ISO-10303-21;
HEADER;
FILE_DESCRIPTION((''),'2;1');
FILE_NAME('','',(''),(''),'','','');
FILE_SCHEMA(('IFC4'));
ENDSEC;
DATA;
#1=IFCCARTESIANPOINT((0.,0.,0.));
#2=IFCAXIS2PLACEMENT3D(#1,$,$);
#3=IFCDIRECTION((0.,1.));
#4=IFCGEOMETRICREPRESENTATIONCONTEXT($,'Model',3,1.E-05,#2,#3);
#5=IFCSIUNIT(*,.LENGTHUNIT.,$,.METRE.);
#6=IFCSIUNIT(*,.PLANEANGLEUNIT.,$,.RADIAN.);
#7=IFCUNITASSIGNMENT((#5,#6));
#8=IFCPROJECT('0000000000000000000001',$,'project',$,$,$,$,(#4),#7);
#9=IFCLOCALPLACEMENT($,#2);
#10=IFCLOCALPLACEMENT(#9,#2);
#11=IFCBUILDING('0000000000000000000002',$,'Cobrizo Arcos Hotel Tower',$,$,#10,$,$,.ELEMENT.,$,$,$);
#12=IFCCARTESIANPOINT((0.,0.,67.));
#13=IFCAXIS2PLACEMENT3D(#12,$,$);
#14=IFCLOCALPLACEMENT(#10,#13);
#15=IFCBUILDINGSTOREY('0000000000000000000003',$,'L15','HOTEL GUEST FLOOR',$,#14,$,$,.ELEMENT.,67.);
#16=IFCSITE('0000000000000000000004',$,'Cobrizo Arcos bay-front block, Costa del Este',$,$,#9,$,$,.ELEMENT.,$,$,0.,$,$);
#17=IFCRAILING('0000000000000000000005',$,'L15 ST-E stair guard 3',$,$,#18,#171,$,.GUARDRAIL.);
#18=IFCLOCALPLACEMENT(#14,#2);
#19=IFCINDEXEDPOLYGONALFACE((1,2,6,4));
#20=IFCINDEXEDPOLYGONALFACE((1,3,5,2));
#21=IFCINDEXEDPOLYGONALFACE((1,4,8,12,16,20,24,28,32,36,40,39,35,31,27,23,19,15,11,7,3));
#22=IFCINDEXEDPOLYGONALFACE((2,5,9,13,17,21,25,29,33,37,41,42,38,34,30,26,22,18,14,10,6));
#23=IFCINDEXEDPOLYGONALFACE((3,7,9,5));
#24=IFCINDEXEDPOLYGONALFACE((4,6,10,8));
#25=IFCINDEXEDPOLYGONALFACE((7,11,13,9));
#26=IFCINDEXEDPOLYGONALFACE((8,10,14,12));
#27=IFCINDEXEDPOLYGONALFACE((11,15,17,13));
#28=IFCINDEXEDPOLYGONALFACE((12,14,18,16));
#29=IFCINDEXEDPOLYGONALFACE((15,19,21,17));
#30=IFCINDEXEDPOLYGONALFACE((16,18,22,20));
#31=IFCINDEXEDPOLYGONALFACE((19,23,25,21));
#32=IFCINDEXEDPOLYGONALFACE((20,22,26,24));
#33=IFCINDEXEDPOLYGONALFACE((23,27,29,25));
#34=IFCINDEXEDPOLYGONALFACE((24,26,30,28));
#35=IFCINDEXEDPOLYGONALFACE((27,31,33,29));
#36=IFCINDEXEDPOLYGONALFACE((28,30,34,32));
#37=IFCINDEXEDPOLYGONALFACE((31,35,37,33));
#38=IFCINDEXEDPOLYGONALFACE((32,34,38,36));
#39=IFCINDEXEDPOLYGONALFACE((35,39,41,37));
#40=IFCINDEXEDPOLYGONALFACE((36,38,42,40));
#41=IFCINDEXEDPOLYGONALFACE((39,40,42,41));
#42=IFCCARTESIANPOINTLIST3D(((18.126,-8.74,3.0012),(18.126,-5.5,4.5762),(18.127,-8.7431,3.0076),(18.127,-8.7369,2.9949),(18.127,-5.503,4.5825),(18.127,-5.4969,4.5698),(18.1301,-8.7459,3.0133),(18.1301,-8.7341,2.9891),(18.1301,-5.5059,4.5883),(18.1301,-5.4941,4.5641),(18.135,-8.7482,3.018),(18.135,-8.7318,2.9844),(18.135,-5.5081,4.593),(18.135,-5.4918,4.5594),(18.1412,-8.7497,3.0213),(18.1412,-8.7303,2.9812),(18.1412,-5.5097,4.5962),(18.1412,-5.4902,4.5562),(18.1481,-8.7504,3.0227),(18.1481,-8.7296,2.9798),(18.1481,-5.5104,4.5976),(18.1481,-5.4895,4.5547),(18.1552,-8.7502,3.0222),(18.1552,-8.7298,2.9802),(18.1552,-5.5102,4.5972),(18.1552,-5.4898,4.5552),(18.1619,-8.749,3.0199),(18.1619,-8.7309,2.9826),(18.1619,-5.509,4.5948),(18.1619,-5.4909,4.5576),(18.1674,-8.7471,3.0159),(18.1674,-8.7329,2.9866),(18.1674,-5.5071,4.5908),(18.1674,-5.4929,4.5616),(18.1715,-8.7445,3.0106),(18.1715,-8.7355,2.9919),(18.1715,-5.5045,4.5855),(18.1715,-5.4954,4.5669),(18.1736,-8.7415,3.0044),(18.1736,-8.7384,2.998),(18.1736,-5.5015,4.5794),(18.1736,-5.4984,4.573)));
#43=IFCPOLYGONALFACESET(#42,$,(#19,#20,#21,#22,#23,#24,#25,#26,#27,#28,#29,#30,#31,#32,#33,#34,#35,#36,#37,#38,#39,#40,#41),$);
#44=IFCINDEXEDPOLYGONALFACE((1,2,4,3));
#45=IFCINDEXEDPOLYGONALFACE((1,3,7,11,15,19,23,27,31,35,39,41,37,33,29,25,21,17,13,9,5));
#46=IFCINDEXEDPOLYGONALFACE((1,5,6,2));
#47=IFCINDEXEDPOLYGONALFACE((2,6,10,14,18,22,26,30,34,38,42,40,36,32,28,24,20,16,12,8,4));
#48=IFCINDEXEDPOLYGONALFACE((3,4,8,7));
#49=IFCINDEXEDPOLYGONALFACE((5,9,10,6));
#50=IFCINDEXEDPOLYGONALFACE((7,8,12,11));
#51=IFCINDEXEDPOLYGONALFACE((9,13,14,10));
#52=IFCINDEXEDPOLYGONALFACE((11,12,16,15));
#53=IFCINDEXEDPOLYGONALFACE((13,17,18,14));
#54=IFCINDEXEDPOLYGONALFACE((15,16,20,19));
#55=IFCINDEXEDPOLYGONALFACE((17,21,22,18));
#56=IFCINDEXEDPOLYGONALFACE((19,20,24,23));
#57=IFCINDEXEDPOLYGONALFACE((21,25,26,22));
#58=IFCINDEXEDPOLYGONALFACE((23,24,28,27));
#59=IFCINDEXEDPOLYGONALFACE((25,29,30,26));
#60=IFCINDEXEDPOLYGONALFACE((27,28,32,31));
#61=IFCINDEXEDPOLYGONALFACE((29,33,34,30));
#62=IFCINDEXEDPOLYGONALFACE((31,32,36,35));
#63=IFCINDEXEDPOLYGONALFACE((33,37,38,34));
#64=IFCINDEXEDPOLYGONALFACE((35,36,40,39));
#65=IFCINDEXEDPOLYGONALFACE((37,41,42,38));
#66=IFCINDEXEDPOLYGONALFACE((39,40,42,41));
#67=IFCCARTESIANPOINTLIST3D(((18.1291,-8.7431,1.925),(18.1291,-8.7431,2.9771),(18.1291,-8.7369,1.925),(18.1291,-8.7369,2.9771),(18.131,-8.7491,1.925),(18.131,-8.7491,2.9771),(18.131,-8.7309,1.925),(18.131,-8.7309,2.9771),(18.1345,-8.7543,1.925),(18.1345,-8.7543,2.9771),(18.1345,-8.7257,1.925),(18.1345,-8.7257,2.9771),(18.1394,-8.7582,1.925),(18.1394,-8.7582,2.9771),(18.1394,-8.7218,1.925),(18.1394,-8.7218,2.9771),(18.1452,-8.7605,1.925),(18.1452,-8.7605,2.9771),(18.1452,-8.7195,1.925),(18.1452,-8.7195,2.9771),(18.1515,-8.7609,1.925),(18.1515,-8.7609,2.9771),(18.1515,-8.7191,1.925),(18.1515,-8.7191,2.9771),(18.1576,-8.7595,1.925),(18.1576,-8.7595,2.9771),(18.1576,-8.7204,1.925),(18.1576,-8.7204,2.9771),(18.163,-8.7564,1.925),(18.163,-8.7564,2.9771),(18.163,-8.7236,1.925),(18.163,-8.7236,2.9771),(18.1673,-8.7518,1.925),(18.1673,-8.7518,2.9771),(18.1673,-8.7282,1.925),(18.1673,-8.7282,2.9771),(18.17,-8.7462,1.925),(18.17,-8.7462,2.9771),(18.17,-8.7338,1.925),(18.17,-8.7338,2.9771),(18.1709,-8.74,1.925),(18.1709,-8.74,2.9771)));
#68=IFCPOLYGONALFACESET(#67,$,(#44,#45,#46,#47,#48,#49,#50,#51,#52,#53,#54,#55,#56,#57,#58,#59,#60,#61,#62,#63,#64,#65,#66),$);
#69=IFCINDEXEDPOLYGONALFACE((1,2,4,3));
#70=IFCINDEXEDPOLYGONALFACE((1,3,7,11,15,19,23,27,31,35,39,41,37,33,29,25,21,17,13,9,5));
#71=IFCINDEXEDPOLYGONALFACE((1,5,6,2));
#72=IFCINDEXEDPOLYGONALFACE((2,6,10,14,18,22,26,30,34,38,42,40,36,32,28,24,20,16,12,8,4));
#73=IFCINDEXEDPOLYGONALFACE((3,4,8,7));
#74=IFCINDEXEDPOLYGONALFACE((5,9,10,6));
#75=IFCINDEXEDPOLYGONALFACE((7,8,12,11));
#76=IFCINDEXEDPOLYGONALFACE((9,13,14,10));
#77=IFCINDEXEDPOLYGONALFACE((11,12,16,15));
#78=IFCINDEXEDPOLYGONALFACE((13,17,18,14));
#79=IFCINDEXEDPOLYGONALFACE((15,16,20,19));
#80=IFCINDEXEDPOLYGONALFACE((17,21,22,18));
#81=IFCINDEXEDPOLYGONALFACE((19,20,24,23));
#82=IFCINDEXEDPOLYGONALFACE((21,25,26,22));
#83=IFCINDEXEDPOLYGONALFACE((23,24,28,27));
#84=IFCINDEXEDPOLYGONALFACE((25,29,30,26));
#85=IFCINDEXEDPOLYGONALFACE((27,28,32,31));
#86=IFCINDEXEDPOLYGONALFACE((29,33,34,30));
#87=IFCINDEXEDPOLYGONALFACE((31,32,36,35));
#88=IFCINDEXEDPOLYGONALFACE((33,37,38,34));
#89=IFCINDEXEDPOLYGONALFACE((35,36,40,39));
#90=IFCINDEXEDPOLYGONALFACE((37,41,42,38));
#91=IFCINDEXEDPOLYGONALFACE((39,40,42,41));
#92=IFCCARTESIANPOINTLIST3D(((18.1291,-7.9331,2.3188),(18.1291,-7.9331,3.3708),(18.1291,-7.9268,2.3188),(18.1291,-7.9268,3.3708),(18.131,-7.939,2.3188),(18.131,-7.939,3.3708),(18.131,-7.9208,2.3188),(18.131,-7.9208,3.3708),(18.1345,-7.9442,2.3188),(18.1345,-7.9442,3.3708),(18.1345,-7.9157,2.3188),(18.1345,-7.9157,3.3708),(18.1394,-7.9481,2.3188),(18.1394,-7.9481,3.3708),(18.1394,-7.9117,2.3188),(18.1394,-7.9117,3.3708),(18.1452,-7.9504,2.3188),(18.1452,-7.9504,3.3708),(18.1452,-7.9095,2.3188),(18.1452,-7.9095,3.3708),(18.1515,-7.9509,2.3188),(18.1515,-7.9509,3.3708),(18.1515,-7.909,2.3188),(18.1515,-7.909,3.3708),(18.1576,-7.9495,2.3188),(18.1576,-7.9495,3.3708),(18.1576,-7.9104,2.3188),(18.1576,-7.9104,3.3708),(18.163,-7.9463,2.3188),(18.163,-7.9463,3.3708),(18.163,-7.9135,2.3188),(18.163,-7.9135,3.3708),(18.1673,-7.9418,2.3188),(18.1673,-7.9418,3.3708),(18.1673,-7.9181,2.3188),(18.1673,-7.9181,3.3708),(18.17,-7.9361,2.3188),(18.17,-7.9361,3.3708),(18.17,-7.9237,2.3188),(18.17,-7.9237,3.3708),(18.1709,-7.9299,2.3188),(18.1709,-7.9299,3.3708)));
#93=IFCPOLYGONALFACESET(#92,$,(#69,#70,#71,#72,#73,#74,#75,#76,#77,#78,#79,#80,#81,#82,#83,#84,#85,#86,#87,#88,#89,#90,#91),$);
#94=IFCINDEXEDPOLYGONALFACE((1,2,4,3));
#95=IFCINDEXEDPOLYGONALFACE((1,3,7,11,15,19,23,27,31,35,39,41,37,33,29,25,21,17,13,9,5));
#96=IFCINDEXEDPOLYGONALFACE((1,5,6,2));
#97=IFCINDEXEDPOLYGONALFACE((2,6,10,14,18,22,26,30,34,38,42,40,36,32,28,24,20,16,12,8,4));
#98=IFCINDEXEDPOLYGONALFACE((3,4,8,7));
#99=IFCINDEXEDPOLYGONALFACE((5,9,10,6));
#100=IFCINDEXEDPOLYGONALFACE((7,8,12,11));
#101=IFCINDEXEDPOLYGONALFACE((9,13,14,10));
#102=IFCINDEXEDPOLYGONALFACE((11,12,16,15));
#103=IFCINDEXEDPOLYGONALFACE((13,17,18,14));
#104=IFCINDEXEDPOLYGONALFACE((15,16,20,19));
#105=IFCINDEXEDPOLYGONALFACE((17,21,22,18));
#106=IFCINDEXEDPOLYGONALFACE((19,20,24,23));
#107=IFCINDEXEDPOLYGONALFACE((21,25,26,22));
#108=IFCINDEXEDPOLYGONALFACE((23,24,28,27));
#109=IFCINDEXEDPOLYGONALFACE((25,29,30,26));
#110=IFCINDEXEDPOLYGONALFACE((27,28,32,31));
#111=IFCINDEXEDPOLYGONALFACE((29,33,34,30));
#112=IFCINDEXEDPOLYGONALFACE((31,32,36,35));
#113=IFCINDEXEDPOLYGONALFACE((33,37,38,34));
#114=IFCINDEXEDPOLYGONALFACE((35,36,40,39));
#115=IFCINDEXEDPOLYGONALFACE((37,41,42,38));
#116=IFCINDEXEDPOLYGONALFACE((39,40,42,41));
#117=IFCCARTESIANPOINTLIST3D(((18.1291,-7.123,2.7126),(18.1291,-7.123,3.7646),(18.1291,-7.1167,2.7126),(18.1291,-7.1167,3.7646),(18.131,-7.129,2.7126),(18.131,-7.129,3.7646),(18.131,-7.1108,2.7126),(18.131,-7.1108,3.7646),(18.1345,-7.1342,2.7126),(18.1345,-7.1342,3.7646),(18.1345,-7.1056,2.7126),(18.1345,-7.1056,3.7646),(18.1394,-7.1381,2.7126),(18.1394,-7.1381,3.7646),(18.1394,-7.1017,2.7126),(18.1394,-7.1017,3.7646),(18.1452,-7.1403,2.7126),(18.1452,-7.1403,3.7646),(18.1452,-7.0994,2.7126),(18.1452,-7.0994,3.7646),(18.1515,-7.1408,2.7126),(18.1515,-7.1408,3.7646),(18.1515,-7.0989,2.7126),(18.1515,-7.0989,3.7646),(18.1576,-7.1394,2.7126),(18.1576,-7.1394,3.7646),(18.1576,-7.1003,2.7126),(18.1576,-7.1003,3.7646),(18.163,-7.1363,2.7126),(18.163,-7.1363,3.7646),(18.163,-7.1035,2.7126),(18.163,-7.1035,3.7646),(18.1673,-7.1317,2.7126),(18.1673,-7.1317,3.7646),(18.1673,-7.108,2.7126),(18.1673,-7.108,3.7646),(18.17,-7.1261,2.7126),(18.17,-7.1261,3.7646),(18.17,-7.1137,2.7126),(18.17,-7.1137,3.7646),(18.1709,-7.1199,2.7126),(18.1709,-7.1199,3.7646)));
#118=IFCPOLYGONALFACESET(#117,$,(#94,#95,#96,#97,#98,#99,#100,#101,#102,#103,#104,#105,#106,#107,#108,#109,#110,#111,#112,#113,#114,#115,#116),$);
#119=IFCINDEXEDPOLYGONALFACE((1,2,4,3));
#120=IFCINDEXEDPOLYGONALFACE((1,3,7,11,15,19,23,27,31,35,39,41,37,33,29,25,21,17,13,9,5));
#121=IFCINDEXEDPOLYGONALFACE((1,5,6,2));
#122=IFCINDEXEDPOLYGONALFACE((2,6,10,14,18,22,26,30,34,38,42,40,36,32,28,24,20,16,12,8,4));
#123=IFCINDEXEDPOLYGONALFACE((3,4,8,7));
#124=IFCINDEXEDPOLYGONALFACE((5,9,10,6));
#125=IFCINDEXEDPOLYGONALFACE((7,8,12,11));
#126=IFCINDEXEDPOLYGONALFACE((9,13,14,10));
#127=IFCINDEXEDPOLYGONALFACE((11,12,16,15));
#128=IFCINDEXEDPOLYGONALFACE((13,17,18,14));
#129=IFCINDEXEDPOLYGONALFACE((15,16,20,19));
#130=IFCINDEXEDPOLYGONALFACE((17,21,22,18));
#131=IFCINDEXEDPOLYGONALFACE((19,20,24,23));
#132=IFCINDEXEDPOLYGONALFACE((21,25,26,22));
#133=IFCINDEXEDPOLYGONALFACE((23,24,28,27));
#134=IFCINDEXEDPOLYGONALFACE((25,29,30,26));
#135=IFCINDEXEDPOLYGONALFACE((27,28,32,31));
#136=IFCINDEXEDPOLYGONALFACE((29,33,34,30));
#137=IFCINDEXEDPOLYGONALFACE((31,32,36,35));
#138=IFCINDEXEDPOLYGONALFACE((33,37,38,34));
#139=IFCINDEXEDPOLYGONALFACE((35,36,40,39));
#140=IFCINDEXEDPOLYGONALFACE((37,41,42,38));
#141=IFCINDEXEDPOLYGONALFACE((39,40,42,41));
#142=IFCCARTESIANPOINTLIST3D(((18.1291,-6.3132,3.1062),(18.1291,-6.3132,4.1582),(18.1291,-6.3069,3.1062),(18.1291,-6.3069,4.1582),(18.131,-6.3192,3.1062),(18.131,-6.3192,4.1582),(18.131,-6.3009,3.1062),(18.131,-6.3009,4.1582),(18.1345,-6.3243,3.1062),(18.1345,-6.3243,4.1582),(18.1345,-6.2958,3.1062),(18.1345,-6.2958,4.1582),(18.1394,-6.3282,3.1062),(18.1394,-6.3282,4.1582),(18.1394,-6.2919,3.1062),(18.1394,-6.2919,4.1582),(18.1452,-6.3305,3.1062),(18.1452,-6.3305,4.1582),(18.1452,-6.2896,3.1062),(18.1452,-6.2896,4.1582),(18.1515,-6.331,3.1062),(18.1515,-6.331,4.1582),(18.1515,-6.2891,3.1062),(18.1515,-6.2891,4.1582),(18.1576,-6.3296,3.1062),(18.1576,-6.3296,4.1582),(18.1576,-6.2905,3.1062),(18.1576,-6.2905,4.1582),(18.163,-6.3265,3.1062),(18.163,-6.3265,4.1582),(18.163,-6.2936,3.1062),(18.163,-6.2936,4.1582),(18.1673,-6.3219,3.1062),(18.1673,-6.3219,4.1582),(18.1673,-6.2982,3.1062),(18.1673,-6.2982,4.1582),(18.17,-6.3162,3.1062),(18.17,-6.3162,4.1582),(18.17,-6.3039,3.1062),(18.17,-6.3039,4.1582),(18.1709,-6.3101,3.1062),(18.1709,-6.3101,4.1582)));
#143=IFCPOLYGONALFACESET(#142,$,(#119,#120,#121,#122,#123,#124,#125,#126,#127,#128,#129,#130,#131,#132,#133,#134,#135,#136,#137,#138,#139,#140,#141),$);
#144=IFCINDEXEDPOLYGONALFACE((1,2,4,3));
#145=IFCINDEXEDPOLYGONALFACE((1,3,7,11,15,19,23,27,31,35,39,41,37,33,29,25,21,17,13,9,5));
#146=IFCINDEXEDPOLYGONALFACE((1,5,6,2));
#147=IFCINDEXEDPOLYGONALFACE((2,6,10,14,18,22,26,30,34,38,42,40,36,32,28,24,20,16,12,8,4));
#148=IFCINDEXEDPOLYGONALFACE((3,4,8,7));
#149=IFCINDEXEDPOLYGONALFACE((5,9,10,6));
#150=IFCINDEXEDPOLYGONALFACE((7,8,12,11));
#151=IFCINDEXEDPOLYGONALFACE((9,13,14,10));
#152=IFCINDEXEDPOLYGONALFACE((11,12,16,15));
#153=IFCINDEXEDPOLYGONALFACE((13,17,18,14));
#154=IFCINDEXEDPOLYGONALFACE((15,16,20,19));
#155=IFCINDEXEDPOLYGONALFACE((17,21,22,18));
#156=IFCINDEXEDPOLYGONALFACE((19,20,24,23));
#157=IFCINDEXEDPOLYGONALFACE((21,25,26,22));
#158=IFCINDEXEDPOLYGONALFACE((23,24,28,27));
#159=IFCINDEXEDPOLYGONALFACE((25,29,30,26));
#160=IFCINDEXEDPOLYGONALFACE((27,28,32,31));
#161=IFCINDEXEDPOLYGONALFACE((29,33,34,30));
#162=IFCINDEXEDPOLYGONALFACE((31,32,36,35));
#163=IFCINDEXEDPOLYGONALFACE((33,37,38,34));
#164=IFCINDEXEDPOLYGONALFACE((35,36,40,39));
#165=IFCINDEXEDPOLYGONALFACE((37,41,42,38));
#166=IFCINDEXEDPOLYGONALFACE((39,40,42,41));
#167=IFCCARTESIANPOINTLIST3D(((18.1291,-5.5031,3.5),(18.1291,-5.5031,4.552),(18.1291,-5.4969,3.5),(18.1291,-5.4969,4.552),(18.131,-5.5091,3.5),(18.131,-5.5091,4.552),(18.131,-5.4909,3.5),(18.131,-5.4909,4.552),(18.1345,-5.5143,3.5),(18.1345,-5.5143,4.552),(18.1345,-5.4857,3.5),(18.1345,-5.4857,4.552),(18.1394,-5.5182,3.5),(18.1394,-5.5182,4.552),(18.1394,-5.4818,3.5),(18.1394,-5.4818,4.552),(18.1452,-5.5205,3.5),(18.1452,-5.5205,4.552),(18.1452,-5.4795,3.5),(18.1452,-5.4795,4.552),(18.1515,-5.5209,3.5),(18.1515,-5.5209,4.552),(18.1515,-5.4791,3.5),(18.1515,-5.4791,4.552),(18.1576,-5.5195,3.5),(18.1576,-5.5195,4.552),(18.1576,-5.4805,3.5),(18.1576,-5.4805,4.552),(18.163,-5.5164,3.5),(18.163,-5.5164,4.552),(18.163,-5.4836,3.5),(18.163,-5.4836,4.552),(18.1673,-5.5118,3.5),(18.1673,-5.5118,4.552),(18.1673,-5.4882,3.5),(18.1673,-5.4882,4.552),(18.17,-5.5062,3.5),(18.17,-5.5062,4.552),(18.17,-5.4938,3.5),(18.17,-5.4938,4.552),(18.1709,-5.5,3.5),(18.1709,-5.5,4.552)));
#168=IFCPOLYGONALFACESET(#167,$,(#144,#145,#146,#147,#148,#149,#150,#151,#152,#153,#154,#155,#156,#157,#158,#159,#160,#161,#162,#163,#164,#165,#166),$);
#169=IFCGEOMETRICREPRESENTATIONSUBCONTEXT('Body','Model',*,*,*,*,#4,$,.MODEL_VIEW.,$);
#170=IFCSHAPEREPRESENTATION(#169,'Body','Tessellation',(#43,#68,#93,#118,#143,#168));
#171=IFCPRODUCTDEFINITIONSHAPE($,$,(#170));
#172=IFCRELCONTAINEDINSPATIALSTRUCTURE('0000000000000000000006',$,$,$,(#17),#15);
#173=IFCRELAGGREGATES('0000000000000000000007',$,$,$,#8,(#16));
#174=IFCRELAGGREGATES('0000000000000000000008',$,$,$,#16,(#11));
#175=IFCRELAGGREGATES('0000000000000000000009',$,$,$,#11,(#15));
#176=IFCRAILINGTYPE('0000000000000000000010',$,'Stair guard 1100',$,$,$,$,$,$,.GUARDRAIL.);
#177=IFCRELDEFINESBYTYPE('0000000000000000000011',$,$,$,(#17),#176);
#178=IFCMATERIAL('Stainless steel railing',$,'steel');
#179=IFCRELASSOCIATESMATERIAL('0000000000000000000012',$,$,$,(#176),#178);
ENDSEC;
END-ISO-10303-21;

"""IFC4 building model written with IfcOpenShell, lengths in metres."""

from ifc_helpers import new_model, si_unit, direction, frame, origin, origin_2d, place, context, subcontext, project, spatial, circle, extrude, material, type_object, element, save


model = new_model("IFC4")

# Units and contexts
model_context = context("Model", 3, precision=1e-05, world=origin(), true_north=direction((0.0, 1.0)))
body_context = subcontext(model_context, "Body", "Model", "MODEL_VIEW")
ifc_project = project(units=[si_unit("LENGTHUNIT", "METRE"), si_unit("PLANEANGLEUNIT", "RADIAN")], contexts=[model_context])

# Site, building, storey
site_placement = place(None, origin())
site = spatial("IfcSite", under=ifc_project, at=site_placement, Name="Cobrizo Arcos bay-front block, Costa del Este", CompositionType="ELEMENT", RefElevation=0.0)
building_placement = place(site_placement, origin())
building = spatial("IfcBuilding", under=site, at=building_placement, Name="Cobrizo Arcos Hotel Tower", CompositionType="ELEMENT")
storey_placement = place(building_placement, frame((0.0, 0.0, 67.0)))
storey = spatial("IfcBuildingStorey", under=building, at=storey_placement, Name="L15", Description="HOTEL GUEST FLOOR", CompositionType="ELEMENT", Elevation=67.0)

# Railing
ifc_material_1 = material(Name="Stainless steel railing", Category="steel")
railing_type_1 = type_object("IfcRailingType", Name="Stair guard 1100", PredefinedType="GUARDRAIL", material=ifc_material_1)
railing_1_placement = place(storey_placement, frame((18.1499, -8.74, 1.925)))
element("IfcRailing", 1, at=railing_1_placement, inside=storey, type_object=railing_type_1, Name="L15 ST-E stair guard 3", PredefinedType="GUARDRAIL", context=body_context, shape_type="SweptSolid", body=[
    extrude(circle(Radius=0.0239, at=origin_2d()), frame((0.0, 0.0, 1.0762), z_axis=(0.0, 0.899373, 0.437183), x_axis=(-1.0, 0.0, 0.0)), (0.0, 0.0, 1.0), 3.6025),
    extrude(circle(Radius=0.021, at=origin_2d()), origin(), (0.0, 0.0, 1.0), 1.052),
    extrude(circle(Radius=0.021, at=origin_2d()), frame((0.0, 0.8101, 0.3938)), (0.0, 0.0, 1.0), 1.052),
    extrude(circle(Radius=0.021, at=origin_2d()), frame((0.0, 1.6201, 0.7876)), (0.0, 0.0, 1.0), 1.052),
    extrude(circle(Radius=0.021, at=origin_2d()), frame((0.0, 2.4299, 1.1812)), (0.0, 0.0, 1.0), 1.052),
    extrude(circle(Radius=0.021, at=origin_2d()), frame((0.0, 3.24, 1.575)), (0.0, 0.0, 1.0), 1.052),
])

save(model, "model.ifc")
